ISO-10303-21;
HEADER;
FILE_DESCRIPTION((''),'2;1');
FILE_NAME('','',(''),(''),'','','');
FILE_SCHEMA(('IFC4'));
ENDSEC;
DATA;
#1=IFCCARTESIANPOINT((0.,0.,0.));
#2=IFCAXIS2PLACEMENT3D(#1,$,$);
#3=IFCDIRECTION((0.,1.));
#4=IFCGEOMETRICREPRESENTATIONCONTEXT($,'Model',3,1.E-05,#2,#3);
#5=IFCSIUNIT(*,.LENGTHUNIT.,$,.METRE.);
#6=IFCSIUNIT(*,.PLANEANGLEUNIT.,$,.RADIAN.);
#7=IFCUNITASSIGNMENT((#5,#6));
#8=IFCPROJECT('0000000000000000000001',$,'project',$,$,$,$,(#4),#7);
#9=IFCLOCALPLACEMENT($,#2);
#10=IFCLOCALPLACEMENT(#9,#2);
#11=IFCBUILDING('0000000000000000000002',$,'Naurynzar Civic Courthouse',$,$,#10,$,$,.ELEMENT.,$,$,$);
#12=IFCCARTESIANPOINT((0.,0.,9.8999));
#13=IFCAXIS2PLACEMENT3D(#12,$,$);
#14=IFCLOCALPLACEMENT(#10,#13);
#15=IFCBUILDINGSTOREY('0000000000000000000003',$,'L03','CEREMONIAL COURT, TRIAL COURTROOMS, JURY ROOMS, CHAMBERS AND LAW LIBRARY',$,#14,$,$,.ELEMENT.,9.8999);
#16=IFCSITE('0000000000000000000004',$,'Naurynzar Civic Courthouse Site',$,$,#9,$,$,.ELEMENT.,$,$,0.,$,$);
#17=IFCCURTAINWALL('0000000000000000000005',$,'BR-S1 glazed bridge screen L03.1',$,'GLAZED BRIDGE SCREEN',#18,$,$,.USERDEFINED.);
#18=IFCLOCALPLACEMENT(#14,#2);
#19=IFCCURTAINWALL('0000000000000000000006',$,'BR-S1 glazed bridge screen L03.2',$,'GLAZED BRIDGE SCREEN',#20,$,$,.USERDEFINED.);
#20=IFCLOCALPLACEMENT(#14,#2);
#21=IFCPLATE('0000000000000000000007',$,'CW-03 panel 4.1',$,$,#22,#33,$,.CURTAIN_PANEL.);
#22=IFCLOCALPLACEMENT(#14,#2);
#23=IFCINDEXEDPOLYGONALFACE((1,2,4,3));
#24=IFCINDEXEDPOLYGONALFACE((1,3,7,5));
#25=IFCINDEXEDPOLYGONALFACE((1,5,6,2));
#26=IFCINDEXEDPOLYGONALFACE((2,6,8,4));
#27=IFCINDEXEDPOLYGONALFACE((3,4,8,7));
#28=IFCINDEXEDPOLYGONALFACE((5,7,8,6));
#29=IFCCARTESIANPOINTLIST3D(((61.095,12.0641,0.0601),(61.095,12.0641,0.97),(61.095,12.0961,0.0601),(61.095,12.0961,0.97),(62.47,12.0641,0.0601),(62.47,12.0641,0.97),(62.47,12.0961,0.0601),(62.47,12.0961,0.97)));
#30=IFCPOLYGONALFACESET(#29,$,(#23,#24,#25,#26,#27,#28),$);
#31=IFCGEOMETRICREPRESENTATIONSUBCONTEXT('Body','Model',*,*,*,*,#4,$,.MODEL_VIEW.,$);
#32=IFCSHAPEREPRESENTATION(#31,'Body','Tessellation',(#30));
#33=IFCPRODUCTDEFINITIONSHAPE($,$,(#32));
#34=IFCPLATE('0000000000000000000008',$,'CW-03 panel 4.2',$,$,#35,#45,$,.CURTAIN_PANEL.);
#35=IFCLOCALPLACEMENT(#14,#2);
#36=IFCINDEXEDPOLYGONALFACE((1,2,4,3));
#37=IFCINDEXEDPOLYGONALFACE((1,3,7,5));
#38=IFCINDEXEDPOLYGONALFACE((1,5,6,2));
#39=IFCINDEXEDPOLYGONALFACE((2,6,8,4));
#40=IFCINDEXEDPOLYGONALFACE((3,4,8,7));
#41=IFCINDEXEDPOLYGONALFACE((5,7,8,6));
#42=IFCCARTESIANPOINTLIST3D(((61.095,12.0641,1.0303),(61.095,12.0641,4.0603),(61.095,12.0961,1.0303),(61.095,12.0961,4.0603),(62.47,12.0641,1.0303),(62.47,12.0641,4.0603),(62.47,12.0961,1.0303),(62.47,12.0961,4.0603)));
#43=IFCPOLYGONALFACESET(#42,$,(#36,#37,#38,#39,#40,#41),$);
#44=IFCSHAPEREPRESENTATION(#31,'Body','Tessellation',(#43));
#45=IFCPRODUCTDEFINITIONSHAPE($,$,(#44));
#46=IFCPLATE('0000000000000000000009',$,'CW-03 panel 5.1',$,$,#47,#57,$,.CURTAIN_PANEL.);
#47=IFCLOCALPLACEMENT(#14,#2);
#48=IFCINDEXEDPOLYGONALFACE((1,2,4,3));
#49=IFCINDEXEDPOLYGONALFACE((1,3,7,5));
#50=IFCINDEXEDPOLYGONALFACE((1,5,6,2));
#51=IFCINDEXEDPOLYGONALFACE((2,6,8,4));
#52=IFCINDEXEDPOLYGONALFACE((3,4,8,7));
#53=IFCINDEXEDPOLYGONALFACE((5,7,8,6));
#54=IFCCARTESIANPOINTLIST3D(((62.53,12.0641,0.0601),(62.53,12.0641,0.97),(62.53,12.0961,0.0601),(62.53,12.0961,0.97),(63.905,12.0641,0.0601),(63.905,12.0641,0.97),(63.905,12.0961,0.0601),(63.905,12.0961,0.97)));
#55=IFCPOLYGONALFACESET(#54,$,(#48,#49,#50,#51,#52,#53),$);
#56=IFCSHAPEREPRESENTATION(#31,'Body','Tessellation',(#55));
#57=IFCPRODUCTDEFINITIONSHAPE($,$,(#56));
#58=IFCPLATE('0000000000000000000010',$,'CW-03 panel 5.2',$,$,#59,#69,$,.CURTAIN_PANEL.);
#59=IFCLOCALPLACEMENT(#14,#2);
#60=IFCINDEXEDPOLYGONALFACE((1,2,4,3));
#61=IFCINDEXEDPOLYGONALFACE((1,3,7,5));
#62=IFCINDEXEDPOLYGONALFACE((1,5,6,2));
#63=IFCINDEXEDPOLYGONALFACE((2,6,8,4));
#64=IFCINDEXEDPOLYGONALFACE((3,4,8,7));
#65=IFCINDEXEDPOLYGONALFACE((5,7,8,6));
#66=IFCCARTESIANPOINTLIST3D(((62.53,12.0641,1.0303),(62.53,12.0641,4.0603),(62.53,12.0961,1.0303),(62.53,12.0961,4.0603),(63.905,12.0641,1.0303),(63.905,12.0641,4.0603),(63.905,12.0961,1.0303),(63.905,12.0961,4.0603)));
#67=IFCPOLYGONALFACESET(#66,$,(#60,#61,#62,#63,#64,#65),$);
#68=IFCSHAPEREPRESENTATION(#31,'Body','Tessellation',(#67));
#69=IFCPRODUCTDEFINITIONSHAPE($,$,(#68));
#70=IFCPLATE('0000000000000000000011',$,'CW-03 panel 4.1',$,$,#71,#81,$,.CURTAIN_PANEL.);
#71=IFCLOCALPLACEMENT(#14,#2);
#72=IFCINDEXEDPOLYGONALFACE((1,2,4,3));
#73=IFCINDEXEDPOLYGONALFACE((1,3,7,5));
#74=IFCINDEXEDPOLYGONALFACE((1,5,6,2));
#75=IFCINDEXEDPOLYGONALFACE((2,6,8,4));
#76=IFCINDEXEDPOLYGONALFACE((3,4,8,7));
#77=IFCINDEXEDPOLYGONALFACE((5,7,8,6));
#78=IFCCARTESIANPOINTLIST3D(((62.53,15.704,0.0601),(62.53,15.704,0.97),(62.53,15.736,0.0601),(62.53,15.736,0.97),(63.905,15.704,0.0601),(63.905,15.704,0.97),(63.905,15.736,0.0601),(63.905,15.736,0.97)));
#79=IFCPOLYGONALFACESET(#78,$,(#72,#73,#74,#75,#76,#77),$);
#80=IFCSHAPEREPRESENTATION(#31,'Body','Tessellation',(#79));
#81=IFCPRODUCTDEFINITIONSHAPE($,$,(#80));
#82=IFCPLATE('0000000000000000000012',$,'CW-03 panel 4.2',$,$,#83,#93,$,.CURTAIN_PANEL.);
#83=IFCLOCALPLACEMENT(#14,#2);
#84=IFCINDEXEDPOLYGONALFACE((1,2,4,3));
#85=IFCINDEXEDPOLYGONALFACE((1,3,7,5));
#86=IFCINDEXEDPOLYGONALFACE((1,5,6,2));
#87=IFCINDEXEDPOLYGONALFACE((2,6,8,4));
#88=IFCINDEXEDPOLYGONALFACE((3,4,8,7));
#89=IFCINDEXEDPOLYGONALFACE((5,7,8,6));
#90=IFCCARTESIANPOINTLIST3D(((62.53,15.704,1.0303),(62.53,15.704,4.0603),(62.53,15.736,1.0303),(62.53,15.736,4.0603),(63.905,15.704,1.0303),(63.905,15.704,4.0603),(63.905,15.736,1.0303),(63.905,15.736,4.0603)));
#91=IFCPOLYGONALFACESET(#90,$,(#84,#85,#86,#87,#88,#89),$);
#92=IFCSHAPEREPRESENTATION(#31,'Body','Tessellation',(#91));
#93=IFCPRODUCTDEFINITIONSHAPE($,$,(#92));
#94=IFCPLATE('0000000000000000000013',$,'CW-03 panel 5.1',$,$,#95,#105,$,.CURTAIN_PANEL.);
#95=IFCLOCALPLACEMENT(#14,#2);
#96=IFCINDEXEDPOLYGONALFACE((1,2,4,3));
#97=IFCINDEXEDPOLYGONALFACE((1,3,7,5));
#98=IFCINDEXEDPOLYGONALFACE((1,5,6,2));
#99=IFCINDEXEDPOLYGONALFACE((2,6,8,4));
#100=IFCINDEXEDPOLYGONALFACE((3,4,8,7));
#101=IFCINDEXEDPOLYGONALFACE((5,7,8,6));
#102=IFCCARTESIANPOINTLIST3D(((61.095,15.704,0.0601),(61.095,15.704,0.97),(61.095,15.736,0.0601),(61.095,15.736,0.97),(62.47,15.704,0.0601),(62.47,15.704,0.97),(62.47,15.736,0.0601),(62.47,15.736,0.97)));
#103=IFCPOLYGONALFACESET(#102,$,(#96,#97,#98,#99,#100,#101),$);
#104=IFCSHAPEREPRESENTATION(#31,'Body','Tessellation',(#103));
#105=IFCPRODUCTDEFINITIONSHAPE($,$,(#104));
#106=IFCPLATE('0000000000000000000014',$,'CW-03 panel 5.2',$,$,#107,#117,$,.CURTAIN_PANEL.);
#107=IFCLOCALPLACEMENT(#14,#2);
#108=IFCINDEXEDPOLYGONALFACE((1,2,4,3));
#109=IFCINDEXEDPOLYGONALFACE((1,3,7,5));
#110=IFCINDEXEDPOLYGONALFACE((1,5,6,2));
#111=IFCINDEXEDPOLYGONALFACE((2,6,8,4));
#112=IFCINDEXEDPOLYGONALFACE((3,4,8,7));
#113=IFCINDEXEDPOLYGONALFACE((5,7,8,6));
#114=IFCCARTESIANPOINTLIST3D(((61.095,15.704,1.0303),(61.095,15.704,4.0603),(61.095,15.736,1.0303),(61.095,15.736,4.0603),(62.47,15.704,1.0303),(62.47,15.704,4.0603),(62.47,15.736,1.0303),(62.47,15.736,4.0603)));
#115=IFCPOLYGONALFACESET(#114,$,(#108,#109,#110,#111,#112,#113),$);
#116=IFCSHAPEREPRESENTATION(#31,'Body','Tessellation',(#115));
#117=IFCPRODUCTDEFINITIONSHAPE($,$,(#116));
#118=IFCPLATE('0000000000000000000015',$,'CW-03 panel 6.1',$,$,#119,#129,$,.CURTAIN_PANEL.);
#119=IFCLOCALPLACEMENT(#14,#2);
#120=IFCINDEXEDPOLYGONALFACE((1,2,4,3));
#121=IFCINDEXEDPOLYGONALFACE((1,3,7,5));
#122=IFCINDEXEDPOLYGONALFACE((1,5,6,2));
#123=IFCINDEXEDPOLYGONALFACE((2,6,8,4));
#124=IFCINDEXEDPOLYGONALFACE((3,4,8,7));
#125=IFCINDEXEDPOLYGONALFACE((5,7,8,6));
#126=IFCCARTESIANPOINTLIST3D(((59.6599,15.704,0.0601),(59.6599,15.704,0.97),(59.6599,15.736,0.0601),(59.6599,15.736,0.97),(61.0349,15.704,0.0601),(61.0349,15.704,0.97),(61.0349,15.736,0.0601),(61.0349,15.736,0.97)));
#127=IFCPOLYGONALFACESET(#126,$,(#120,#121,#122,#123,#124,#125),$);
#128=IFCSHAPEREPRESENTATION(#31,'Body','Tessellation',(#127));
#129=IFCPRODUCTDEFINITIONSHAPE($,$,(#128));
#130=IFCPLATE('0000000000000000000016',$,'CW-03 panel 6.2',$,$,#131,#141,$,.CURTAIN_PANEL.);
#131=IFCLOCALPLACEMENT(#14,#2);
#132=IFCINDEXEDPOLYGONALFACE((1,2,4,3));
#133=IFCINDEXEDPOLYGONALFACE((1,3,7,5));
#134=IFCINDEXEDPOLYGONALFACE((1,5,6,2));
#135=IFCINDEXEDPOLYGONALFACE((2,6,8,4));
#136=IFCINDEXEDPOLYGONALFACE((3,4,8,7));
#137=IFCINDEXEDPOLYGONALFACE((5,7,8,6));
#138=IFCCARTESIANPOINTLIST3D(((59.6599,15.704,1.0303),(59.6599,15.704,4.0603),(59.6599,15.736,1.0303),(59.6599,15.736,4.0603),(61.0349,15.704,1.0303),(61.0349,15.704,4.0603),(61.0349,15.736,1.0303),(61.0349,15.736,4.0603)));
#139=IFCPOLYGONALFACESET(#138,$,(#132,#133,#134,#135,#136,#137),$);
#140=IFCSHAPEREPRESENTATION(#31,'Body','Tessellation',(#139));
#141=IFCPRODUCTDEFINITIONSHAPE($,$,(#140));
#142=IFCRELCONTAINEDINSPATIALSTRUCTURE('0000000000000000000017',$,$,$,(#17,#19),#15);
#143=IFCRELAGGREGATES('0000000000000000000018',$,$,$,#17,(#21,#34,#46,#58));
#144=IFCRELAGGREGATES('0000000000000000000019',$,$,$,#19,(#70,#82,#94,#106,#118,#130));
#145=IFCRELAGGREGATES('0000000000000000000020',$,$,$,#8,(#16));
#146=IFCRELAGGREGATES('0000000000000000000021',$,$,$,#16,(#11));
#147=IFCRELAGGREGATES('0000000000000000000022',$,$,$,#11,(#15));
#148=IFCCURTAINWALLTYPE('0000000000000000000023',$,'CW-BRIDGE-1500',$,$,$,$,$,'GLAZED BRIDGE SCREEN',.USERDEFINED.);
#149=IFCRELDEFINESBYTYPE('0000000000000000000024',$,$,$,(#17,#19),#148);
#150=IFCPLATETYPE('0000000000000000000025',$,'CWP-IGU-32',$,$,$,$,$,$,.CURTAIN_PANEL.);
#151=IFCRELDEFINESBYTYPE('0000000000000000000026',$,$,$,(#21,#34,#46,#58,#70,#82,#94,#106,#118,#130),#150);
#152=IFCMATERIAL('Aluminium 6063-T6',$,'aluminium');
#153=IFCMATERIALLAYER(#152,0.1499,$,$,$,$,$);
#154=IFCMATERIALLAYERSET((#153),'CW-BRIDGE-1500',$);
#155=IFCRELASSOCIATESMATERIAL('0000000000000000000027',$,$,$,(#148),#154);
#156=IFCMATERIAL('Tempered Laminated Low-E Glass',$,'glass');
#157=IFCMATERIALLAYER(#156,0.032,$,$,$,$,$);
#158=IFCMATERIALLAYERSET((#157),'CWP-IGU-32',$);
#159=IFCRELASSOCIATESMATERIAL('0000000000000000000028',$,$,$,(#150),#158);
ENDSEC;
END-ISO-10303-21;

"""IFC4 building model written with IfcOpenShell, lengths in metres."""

from ifc_helpers import new_model, si_unit, direction, frame, origin, origin_2d, place, context, subcontext, project, spatial, rectangle, extrude, material, layer, layer_set, type_object, element, aggregate, save


model = new_model("IFC4")

# Units and contexts
model_context = context("Model", 3, precision=1e-05, world=origin(), true_north=direction((0.0, 1.0)))
body_context = subcontext(model_context, "Body", "Model", "MODEL_VIEW")
ifc_project = project(units=[si_unit("LENGTHUNIT", "METRE"), si_unit("PLANEANGLEUNIT", "RADIAN")], contexts=[model_context])

# Site, building, storey
site_placement = place(None, origin())
site = spatial("IfcSite", under=ifc_project, at=site_placement, Name="Naurynzar Civic Courthouse Site", CompositionType="ELEMENT", RefElevation=0.0)
building_placement = place(site_placement, origin())
building = spatial("IfcBuilding", under=site, at=building_placement, Name="Naurynzar Civic Courthouse", CompositionType="ELEMENT")
storey_placement = place(building_placement, frame((0.0, 0.0, 9.8999)))
storey = spatial("IfcBuildingStorey", under=building, at=storey_placement, Name="L03", Description="CEREMONIAL COURT, TRIAL COURTROOMS, JURY ROOMS, CHAMBERS AND LAW LIBRARY", CompositionType="ELEMENT", Elevation=9.8999)

# Curtain walls
ifc_material_1 = material(Name="Aluminium 6063-T6", Category="aluminium")
ifc_layer_1 = layer(ifc_material_1, 0.1499)
ifc_layer_set_1 = layer_set([ifc_layer_1], Name="CW-BRIDGE-1500")
curtain_wall_type = type_object("IfcCurtainWallType", Name="CW-BRIDGE-1500", ElementType="GLAZED BRIDGE SCREEN", PredefinedType="USERDEFINED", material=ifc_layer_set_1)
curtain_wall_1_placement = place(storey_placement, origin())
curtain_wall_1 = element("IfcCurtainWall", 1, at=curtain_wall_1_placement, inside=storey, type_object=curtain_wall_type, Name="BR-S1 glazed bridge screen L03.1", ObjectType="GLAZED BRIDGE SCREEN", PredefinedType="USERDEFINED")
curtain_wall_2_placement = place(storey_placement, origin())
curtain_wall_2 = element("IfcCurtainWall", 2, at=curtain_wall_2_placement, inside=storey, type_object=curtain_wall_type, Name="BR-S1 glazed bridge screen L03.2", ObjectType="GLAZED BRIDGE SCREEN", PredefinedType="USERDEFINED")

# Plates
ifc_material_2 = material(Name="Tempered Laminated Low-E Glass", Category="glass")
ifc_layer_2 = layer(ifc_material_2, 0.032)
ifc_layer_set_2 = layer_set([ifc_layer_2], Name="CWP-IGU-32")
plate_type = type_object("IfcPlateType", Name="CWP-IGU-32", PredefinedType="CURTAIN_PANEL", material=ifc_layer_set_2)
plate_1_placement = place(storey_placement, frame((61.7825, 12.0801, 0.0601), z_axis=(0.0, 0.0, 1.0), x_axis=(1.0, 0.0, 0.0)))
plate_1 = element("IfcPlate", 3, at=plate_1_placement, type_object=plate_type, Name="CW-03 panel 4.1", PredefinedType="CURTAIN_PANEL", context=body_context, shape_type="SweptSolid", body=[
    extrude(rectangle(XDim=1.375, YDim=0.032, at=origin_2d()), origin(), (0.0, 0.0, 1.0), 0.9099),
])
plate_2_placement = place(storey_placement, frame((61.7825, 12.0801, 1.0303), z_axis=(0.0, 0.0, 1.0), x_axis=(1.0, 0.0, 0.0)))
plate_2 = element("IfcPlate", 4, at=plate_2_placement, type_object=plate_type, Name="CW-03 panel 4.2", PredefinedType="CURTAIN_PANEL", context=body_context, shape_type="SweptSolid", body=[
    extrude(rectangle(XDim=1.375, YDim=0.032, at=origin_2d()), origin(), (0.0, 0.0, 1.0), 3.03),
])
plate_3_placement = place(storey_placement, frame((63.2175, 12.0801, 0.0601), z_axis=(0.0, 0.0, 1.0), x_axis=(1.0, 0.0, 0.0)))
plate_3 = element("IfcPlate", 5, at=plate_3_placement, type_object=plate_type, Name="CW-03 panel 5.1", PredefinedType="CURTAIN_PANEL", context=body_context, shape_type="SweptSolid", body=[
    extrude(rectangle(XDim=1.375, YDim=0.032, at=origin_2d()), origin(), (0.0, 0.0, 1.0), 0.9099),
])
plate_4_placement = place(storey_placement, frame((63.2175, 12.0801, 1.0303), z_axis=(0.0, 0.0, 1.0), x_axis=(1.0, 0.0, 0.0)))
plate_4 = element("IfcPlate", 6, at=plate_4_placement, type_object=plate_type, Name="CW-03 panel 5.2", PredefinedType="CURTAIN_PANEL", context=body_context, shape_type="SweptSolid", body=[
    extrude(rectangle(XDim=1.375, YDim=0.032, at=origin_2d()), origin(), (0.0, 0.0, 1.0), 3.03),
])
aggregate(curtain_wall_1, [plate_1, plate_2, plate_3, plate_4])
plate_5_placement = place(storey_placement, frame((63.2175, 15.72, 0.0601), z_axis=(0.0, 0.0, 1.0), x_axis=(-1.0, 0.0, 0.0)))
plate_5 = element("IfcPlate", 7, at=plate_5_placement, type_object=plate_type, Name="CW-03 panel 4.1", PredefinedType="CURTAIN_PANEL", context=body_context, shape_type="SweptSolid", body=[
    extrude(rectangle(XDim=1.375, YDim=0.032, at=origin_2d()), origin(), (0.0, 0.0, 1.0), 0.9099),
])
plate_6_placement = place(storey_placement, frame((63.2175, 15.72, 1.0303), z_axis=(0.0, 0.0, 1.0), x_axis=(-1.0, 0.0, 0.0)))
plate_6 = element("IfcPlate", 8, at=plate_6_placement, type_object=plate_type, Name="CW-03 panel 4.2", PredefinedType="CURTAIN_PANEL", context=body_context, shape_type="SweptSolid", body=[
    extrude(rectangle(XDim=1.375, YDim=0.032, at=origin_2d()), origin(), (0.0, 0.0, 1.0), 3.03),
])
plate_7_placement = place(storey_placement, frame((61.7825, 15.72, 0.0601), z_axis=(0.0, 0.0, 1.0), x_axis=(-1.0, 0.0, 0.0)))
plate_7 = element("IfcPlate", 9, at=plate_7_placement, type_object=plate_type, Name="CW-03 panel 5.1", PredefinedType="CURTAIN_PANEL", context=body_context, shape_type="SweptSolid", body=[
    extrude(rectangle(XDim=1.375, YDim=0.032, at=origin_2d()), origin(), (0.0, 0.0, 1.0), 0.9099),
])
plate_8_placement = place(storey_placement, frame((61.7825, 15.72, 1.0303), z_axis=(0.0, 0.0, 1.0), x_axis=(-1.0, 0.0, 0.0)))
plate_8 = element("IfcPlate", 10, at=plate_8_placement, type_object=plate_type, Name="CW-03 panel 5.2", PredefinedType="CURTAIN_PANEL", context=body_context, shape_type="SweptSolid", body=[
    extrude(rectangle(XDim=1.375, YDim=0.032, at=origin_2d()), origin(), (0.0, 0.0, 1.0), 3.03),
])
plate_9_placement = place(storey_placement, frame((60.3474, 15.72, 0.0601), z_axis=(0.0, 0.0, 1.0), x_axis=(-1.0, 0.0, 0.0)))
plate_9 = element("IfcPlate", 11, at=plate_9_placement, type_object=plate_type, Name="CW-03 panel 6.1", PredefinedType="CURTAIN_PANEL", context=body_context, shape_type="SweptSolid", body=[
    extrude(rectangle(XDim=1.375, YDim=0.032, at=origin_2d()), origin(), (0.0, 0.0, 1.0), 0.9099),
])
plate_10_placement = place(storey_placement, frame((60.3474, 15.72, 1.0303), z_axis=(0.0, 0.0, 1.0), x_axis=(-1.0, 0.0, 0.0)))
plate_10 = element("IfcPlate", 12, at=plate_10_placement, type_object=plate_type, Name="CW-03 panel 6.2", PredefinedType="CURTAIN_PANEL", context=body_context, shape_type="SweptSolid", body=[
    extrude(rectangle(XDim=1.375, YDim=0.032, at=origin_2d()), origin(), (0.0, 0.0, 1.0), 3.03),
])
aggregate(curtain_wall_2, [plate_5, plate_6, plate_7, plate_8, plate_9, plate_10])

save(model, "model.ifc")
